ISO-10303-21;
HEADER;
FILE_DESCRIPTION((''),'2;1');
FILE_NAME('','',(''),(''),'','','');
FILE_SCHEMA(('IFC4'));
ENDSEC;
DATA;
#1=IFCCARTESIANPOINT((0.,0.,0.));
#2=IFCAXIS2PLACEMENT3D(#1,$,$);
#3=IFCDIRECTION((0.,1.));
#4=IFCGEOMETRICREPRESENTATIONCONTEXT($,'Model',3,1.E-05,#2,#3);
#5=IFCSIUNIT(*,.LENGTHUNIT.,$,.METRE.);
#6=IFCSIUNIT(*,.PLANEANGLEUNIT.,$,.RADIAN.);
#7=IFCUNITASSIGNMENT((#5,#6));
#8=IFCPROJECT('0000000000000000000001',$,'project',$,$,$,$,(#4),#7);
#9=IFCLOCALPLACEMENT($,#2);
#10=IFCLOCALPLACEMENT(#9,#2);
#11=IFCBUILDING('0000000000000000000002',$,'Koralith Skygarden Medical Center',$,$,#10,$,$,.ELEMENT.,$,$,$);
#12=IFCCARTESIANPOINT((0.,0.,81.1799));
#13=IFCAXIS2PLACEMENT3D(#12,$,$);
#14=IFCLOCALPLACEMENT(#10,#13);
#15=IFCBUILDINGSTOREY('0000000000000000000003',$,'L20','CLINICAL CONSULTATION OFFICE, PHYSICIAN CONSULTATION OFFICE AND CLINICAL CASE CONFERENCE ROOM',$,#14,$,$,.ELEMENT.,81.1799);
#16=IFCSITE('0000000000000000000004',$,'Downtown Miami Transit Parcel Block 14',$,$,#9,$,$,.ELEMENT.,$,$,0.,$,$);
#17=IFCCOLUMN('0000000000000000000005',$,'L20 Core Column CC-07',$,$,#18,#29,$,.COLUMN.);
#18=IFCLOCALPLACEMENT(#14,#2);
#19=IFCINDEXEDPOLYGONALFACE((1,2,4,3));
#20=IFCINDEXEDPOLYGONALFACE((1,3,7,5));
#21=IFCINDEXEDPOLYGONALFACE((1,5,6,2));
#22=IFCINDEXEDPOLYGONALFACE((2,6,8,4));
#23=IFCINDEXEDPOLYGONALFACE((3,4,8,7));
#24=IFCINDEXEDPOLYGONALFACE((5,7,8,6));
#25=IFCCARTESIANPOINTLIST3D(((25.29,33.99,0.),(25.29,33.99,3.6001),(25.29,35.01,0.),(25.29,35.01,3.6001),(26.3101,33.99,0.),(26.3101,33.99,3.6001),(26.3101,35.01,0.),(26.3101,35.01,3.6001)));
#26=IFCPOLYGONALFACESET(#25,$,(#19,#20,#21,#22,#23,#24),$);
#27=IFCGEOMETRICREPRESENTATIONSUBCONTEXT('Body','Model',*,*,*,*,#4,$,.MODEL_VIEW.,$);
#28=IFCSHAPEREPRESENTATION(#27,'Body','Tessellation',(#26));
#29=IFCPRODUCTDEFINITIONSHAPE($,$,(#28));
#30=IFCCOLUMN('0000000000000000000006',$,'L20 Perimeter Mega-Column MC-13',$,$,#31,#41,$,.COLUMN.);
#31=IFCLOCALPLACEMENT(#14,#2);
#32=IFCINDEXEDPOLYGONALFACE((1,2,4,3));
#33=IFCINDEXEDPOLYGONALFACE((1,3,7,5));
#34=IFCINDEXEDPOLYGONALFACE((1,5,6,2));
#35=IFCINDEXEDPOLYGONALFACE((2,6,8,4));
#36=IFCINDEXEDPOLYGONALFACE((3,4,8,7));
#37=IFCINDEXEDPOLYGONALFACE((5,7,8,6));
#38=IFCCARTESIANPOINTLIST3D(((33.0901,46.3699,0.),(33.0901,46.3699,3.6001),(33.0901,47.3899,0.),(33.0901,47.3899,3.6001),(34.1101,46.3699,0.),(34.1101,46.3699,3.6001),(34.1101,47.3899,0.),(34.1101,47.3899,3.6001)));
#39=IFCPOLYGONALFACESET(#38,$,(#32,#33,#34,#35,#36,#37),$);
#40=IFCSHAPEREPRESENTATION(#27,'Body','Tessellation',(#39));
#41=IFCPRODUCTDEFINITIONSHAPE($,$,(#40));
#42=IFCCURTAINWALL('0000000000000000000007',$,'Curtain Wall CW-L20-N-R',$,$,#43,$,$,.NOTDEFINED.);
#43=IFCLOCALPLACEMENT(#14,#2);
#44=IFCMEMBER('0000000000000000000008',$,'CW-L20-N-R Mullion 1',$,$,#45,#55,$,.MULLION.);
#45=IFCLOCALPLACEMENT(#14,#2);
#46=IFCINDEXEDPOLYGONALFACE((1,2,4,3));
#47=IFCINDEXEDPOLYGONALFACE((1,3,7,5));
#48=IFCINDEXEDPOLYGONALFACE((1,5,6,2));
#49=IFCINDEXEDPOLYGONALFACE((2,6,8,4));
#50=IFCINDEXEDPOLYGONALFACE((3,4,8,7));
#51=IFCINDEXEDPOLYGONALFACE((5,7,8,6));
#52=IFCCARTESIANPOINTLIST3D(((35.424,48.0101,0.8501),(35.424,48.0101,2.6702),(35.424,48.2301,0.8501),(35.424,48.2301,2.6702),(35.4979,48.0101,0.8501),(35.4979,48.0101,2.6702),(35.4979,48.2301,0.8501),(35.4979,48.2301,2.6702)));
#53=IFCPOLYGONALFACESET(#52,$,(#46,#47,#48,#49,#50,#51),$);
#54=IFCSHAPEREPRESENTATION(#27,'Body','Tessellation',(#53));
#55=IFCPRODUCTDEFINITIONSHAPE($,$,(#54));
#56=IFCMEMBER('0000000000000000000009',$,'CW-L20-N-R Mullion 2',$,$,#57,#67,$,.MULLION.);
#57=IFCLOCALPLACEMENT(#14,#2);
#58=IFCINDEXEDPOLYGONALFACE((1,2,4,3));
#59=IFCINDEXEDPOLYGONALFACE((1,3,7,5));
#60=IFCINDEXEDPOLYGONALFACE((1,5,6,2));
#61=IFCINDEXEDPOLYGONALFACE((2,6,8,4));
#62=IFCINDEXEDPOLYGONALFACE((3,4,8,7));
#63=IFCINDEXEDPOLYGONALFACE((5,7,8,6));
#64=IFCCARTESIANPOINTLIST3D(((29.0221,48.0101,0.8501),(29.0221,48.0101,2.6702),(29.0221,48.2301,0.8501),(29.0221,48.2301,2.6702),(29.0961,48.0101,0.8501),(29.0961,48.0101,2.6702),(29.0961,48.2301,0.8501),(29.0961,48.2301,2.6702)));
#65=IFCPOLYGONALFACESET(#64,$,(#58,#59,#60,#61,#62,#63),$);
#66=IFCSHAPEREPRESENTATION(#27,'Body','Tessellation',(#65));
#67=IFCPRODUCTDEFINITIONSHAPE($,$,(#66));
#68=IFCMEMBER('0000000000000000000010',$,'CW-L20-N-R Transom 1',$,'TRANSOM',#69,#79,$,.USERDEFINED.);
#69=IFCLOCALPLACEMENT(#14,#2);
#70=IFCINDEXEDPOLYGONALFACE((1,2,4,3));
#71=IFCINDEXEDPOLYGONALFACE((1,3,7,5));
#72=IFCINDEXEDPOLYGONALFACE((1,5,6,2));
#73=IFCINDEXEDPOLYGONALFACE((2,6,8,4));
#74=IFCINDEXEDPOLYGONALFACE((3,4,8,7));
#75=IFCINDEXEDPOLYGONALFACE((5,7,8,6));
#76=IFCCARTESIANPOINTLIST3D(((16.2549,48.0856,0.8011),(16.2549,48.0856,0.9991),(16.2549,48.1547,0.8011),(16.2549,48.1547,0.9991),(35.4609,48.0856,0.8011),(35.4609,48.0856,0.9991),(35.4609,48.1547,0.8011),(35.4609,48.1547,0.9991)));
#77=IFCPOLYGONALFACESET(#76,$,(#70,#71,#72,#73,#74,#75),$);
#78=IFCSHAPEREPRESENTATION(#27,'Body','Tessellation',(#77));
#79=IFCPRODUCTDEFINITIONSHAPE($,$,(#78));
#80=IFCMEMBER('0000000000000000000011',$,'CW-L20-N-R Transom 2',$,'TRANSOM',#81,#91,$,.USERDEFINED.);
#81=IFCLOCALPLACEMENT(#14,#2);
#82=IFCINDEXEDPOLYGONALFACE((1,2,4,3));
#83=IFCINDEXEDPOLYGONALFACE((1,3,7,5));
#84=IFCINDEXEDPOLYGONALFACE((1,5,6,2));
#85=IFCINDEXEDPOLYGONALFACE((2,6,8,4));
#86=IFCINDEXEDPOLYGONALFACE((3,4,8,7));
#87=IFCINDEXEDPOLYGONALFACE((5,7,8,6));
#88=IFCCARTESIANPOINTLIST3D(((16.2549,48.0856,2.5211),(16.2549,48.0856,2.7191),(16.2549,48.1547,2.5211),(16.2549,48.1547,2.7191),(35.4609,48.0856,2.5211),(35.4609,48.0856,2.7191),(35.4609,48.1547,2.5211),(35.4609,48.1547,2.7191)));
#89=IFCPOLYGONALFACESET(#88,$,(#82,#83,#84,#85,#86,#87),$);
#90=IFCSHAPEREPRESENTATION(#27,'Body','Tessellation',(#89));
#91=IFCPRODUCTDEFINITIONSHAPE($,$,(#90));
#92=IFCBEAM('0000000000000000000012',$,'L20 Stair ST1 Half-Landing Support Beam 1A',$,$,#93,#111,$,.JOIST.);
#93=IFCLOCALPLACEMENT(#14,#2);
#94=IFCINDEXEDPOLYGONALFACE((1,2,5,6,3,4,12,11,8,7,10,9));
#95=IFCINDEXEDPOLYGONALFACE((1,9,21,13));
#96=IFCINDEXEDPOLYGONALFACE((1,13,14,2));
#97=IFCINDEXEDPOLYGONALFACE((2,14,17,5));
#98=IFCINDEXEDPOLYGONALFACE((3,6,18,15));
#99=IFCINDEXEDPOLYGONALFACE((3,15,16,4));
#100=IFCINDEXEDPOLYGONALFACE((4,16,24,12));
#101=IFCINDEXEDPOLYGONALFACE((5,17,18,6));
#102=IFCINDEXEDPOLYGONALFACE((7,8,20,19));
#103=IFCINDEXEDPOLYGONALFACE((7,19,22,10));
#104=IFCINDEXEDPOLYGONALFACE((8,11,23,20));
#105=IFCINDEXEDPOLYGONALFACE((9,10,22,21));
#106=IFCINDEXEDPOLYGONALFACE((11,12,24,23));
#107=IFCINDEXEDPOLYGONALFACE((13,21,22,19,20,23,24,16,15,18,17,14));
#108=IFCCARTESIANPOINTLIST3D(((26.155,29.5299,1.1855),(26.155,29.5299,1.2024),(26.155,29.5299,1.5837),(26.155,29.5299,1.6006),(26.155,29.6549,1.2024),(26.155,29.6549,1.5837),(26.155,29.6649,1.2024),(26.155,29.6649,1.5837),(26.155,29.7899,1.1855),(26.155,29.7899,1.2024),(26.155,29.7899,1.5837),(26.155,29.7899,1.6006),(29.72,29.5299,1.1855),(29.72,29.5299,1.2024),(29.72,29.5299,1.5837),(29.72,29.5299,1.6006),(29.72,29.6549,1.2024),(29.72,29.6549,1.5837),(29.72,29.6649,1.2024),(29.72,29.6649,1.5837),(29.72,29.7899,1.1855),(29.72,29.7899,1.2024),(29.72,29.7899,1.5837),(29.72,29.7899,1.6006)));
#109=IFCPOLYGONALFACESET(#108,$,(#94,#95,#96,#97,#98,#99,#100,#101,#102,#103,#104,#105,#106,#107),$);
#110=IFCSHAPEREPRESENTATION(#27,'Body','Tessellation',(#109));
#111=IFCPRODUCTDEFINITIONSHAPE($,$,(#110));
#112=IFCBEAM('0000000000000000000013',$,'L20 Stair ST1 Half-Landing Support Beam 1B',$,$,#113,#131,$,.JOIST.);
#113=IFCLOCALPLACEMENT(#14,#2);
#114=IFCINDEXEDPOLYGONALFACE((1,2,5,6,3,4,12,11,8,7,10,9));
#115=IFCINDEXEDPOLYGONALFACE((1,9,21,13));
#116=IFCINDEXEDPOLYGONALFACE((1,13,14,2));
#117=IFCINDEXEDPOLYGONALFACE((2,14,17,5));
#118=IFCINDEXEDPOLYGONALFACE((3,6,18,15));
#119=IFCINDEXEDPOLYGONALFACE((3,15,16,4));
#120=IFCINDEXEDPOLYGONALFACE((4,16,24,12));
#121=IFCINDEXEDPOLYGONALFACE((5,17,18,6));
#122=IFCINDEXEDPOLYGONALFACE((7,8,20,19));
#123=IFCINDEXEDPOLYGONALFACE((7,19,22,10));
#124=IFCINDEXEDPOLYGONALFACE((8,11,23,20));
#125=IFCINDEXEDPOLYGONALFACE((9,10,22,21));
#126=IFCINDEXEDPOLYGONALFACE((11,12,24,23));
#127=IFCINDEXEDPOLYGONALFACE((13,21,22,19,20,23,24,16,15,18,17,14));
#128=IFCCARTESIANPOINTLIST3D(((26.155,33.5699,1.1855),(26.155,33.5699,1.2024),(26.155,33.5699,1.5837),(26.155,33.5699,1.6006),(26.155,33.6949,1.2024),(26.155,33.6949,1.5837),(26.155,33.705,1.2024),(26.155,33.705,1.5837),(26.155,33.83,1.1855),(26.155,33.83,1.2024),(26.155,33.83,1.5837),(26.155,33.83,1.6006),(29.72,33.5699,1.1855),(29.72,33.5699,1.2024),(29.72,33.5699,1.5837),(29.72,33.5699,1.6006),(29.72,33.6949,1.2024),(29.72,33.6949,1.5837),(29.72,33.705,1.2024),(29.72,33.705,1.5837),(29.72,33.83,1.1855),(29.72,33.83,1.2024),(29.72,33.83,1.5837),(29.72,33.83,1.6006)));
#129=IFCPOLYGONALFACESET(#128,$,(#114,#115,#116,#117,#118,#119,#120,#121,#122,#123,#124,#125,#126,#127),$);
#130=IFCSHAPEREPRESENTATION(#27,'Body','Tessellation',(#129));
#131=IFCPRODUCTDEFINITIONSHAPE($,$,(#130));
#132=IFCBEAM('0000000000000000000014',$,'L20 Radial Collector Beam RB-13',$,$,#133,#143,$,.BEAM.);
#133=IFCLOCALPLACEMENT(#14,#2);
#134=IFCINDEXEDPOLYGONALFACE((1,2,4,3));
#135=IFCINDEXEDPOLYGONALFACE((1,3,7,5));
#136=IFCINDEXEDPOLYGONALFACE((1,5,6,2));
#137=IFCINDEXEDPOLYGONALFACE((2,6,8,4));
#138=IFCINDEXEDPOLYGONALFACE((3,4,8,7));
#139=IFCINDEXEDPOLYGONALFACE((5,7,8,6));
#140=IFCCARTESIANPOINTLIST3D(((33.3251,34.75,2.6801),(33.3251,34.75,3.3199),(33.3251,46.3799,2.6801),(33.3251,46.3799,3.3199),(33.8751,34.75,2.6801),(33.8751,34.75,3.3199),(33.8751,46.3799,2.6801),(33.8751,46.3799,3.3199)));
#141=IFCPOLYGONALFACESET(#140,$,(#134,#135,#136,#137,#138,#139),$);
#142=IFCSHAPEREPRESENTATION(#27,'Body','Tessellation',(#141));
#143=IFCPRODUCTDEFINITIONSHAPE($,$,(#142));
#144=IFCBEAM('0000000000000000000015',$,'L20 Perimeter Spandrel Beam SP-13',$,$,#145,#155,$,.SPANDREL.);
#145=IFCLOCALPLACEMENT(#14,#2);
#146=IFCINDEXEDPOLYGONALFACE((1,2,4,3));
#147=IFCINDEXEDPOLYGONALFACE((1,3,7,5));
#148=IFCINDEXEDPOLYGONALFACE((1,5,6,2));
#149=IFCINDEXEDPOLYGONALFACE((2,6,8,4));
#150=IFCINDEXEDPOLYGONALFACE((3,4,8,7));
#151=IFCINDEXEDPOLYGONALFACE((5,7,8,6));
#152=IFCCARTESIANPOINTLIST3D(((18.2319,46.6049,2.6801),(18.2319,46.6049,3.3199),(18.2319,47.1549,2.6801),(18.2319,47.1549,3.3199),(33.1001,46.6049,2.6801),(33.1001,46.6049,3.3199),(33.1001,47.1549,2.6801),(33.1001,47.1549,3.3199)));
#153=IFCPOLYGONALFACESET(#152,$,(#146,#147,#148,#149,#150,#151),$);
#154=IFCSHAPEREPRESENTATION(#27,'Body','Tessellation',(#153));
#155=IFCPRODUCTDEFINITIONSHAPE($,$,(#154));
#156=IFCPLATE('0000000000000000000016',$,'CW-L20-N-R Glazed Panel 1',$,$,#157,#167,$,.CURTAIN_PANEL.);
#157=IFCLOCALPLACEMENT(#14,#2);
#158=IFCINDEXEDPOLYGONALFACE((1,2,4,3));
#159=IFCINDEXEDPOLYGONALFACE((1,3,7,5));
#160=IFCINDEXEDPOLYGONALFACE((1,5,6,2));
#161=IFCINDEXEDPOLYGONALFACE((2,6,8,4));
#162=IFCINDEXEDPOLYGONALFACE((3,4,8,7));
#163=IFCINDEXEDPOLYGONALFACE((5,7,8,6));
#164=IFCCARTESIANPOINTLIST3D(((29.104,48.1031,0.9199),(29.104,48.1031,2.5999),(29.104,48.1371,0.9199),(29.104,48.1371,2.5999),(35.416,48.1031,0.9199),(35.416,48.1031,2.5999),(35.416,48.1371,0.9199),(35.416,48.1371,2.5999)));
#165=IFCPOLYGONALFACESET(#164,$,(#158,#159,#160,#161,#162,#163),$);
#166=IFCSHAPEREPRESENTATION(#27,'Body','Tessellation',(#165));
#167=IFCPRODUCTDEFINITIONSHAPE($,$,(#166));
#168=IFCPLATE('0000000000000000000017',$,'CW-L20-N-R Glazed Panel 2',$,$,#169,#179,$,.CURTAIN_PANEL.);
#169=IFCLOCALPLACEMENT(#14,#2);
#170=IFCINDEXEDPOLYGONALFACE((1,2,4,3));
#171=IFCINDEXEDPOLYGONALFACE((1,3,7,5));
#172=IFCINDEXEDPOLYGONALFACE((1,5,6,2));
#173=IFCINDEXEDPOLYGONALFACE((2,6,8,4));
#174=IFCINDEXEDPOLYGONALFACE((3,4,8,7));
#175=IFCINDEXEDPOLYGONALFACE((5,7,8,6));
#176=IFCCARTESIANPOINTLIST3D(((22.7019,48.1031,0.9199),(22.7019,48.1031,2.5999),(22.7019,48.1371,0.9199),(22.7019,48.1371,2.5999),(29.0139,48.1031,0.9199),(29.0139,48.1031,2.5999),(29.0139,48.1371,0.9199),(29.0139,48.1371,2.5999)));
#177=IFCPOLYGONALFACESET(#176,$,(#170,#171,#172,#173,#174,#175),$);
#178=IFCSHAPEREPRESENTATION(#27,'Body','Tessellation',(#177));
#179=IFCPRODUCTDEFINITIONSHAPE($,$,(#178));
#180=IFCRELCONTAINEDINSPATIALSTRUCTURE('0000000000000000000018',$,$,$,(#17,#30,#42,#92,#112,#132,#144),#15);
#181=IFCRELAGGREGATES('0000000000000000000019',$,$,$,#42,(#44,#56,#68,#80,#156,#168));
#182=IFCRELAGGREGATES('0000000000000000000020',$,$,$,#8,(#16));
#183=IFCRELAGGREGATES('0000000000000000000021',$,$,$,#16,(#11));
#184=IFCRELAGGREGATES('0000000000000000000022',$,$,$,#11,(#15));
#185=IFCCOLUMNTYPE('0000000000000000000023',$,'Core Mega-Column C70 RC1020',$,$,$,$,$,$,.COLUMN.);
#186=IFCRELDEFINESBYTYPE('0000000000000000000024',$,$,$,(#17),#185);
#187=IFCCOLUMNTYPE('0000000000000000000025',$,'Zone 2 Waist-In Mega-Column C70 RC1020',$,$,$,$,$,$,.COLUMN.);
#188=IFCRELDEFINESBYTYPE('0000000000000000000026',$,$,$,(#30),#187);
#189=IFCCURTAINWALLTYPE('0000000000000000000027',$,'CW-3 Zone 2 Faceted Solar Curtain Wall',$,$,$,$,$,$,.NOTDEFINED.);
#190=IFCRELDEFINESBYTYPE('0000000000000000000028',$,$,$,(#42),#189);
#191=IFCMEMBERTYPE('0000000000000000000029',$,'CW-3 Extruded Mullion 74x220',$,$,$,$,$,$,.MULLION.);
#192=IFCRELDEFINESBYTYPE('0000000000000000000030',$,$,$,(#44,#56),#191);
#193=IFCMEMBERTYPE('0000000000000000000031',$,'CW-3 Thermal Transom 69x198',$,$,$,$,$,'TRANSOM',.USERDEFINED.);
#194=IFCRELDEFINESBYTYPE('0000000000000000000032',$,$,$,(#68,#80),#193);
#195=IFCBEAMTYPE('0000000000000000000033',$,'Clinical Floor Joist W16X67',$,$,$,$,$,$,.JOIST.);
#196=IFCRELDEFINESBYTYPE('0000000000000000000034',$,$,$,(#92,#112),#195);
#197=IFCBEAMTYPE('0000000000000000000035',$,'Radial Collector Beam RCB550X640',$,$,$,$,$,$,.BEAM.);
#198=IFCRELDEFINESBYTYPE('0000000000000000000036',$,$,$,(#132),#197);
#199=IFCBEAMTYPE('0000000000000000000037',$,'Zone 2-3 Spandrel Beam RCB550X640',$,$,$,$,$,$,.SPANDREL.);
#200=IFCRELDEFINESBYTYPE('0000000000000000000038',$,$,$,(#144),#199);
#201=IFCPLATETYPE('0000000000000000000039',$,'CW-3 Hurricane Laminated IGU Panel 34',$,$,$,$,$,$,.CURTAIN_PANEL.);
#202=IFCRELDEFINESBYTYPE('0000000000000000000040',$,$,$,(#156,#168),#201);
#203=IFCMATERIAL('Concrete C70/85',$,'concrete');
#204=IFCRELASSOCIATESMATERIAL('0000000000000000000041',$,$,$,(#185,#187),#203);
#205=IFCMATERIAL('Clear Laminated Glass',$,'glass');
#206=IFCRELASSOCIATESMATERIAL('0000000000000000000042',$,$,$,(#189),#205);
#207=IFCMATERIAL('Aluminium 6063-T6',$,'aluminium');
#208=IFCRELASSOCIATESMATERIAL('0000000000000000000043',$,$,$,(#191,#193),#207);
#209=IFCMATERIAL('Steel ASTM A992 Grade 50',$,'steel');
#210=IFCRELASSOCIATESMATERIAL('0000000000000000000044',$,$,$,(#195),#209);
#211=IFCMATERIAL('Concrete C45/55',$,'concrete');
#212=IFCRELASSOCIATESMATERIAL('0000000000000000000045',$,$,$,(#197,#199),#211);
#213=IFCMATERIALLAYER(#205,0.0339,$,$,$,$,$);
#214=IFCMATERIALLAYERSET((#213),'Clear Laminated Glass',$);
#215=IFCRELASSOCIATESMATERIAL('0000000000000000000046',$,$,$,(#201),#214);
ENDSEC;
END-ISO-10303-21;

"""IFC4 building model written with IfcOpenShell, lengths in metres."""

from ifc_helpers import new_model, si_unit, direction, frame, origin, origin_2d, place, context, subcontext, project, spatial, rectangle, i_section, extrude, material, layer, layer_set, material_profile, profile_set, type_object, element, aggregate, save


model = new_model("IFC4")

# Units and contexts
model_context = context("Model", 3, precision=1e-05, world=origin(), true_north=direction((0.0, 1.0)))
body_context = subcontext(model_context, "Body", "Model", "MODEL_VIEW")
ifc_project = project(units=[si_unit("LENGTHUNIT", "METRE"), si_unit("PLANEANGLEUNIT", "RADIAN")], contexts=[model_context])

# Site, building, storey
site_placement = place(None, origin())
site = spatial("IfcSite", under=ifc_project, at=site_placement, Name="Downtown Miami Transit Parcel Block 14", CompositionType="ELEMENT", RefElevation=0.0)
building_placement = place(site_placement, origin())
building = spatial("IfcBuilding", under=site, at=building_placement, Name="Koralith Skygarden Medical Center", CompositionType="ELEMENT")
storey_placement = place(building_placement, frame((0.0, 0.0, 81.1799)))
storey = spatial("IfcBuildingStorey", under=building, at=storey_placement, Name="L20", Description="CLINICAL CONSULTATION OFFICE, PHYSICIAN CONSULTATION OFFICE AND CLINICAL CASE CONFERENCE ROOM", CompositionType="ELEMENT", Elevation=81.1799)

# Columns
ifc_material_1 = material(Name="Concrete C70/85", Category="concrete")
ifc_material_profile_1 = material_profile(ifc_material_1, rectangle(XDim=1.02, YDim=1.02, at=origin_2d()), Name="RC1020X1020")
ifc_profile_set_1 = profile_set([ifc_material_profile_1], Name="Concrete C70/85")
column_type_1 = type_object("IfcColumnType", Name="Core Mega-Column C70 RC1020", PredefinedType="COLUMN", material=ifc_profile_set_1)
column_1_placement = place(storey_placement, frame((25.8, 34.5, 0.0), z_axis=(0.0, 0.0, 1.0), x_axis=(1.0, 0.0, 0.0)))
element("IfcColumn", 1, at=column_1_placement, inside=storey, type_object=column_type_1, Name="L20 Core Column CC-07", PredefinedType="COLUMN", context=body_context, shape_type="SweptSolid", body=[
    extrude(rectangle(XDim=1.02, YDim=1.02, at=origin_2d()), origin(), (0.0, 0.0, 1.0), 3.6001),
])
ifc_material_profile_2 = material_profile(ifc_material_1, rectangle(XDim=1.02, YDim=1.02, at=origin_2d()), Name="RC1020X1020")
ifc_profile_set_2 = profile_set([ifc_material_profile_2], Name="Concrete C70/85")
column_type_2 = type_object("IfcColumnType", Name="Zone 2 Waist-In Mega-Column C70 RC1020", PredefinedType="COLUMN", material=ifc_profile_set_2)
column_2_placement = place(storey_placement, frame((33.6001, 46.8799, 0.0), z_axis=(0.0, 0.0, 1.0), x_axis=(1.0, 0.0, 0.0)))
element("IfcColumn", 2, at=column_2_placement, inside=storey, type_object=column_type_2, Name="L20 Perimeter Mega-Column MC-13", PredefinedType="COLUMN", context=body_context, shape_type="SweptSolid", body=[
    extrude(rectangle(XDim=1.02, YDim=1.02, at=origin_2d()), origin(), (0.0, 0.0, 1.0), 3.6001),
])

# Curtain wall, members
ifc_material_2 = material(Name="Clear Laminated Glass", Category="glass")
curtain_wall_type = type_object("IfcCurtainWallType", Name="CW-3 Zone 2 Faceted Solar Curtain Wall", PredefinedType="NOTDEFINED", material=ifc_material_2)
curtain_wall_placement = place(storey_placement, origin())
curtain_wall = element("IfcCurtainWall", 3, at=curtain_wall_placement, inside=storey, type_object=curtain_wall_type, Name="Curtain Wall CW-L20-N-R", PredefinedType="NOTDEFINED")
ifc_material_3 = material(Name="Aluminium 6063-T6", Category="aluminium")
ifc_material_profile_3 = material_profile(ifc_material_3, rectangle(XDim=0.074, YDim=0.22, at=origin_2d()), Name="MUL74X220")
ifc_profile_set_3 = profile_set([ifc_material_profile_3], Name="Aluminium 6063-T6")
member_type_1 = type_object("IfcMemberType", Name="CW-3 Extruded Mullion 74x220", PredefinedType="MULLION", material=ifc_profile_set_3)
member_1_placement = place(storey_placement, frame((35.4609, 48.1201, 0.8501), z_axis=(0.0, 0.0, 1.0), x_axis=(1.0, 0.0, 0.0)))
member_1 = element("IfcMember", 4, at=member_1_placement, type_object=member_type_1, Name="CW-L20-N-R Mullion 1", PredefinedType="MULLION", context=body_context, shape_type="SweptSolid", body=[
    extrude(rectangle(XDim=0.074, YDim=0.22, at=origin_2d()), origin(), (0.0, 0.0, 1.0), 1.8201),
])
member_2_placement = place(storey_placement, frame((29.0591, 48.1201, 0.8501), z_axis=(0.0, 0.0, 1.0), x_axis=(1.0, 0.0, 0.0)))
member_2 = element("IfcMember", 5, at=member_2_placement, type_object=member_type_1, Name="CW-L20-N-R Mullion 2", PredefinedType="MULLION", context=body_context, shape_type="SweptSolid", body=[
    extrude(rectangle(XDim=0.074, YDim=0.22, at=origin_2d()), origin(), (0.0, 0.0, 1.0), 1.8201),
])
ifc_material_profile_4 = material_profile(ifc_material_3, rectangle(XDim=0.0691, YDim=0.198, at=origin_2d()), Name="TRN69X198")
ifc_profile_set_4 = profile_set([ifc_material_profile_4], Name="Aluminium 6063-T6")
member_type_2 = type_object("IfcMemberType", Name="CW-3 Thermal Transom 69x198", ElementType="TRANSOM", PredefinedType="USERDEFINED", material=ifc_profile_set_4)
member_3_placement = place(storey_placement, frame((35.4609, 48.1201, 0.9001), z_axis=(-1.0, 0.0, 0.0), x_axis=(0.0, -1.0, 0.0)))
member_3 = element("IfcMember", 6, at=member_3_placement, type_object=member_type_2, Name="CW-L20-N-R Transom 1", ObjectType="TRANSOM", PredefinedType="USERDEFINED", context=body_context, shape_type="SweptSolid", body=[
    extrude(rectangle(XDim=0.0691, YDim=0.198, at=origin_2d()), origin(), (0.0, 0.0, 1.0), 19.2061),
])
member_4_placement = place(storey_placement, frame((35.4609, 48.1201, 2.6201), z_axis=(-1.0, 0.0, 0.0), x_axis=(0.0, -1.0, 0.0)))
member_4 = element("IfcMember", 7, at=member_4_placement, type_object=member_type_2, Name="CW-L20-N-R Transom 2", ObjectType="TRANSOM", PredefinedType="USERDEFINED", context=body_context, shape_type="SweptSolid", body=[
    extrude(rectangle(XDim=0.0691, YDim=0.198, at=origin_2d()), origin(), (0.0, 0.0, 1.0), 19.2061),
])

# Beams
ifc_material_4 = material(Name="Steel ASTM A992 Grade 50", Category="steel")
ifc_material_profile_5 = material_profile(ifc_material_4, i_section(OverallWidth=0.26, OverallDepth=0.415, WebThickness=0.01, FlangeThickness=0.0168, at=origin_2d()), Name="W16X67")
ifc_profile_set_5 = profile_set([ifc_material_profile_5], Name="Steel ASTM A992 Grade 50")
beam_type_1 = type_object("IfcBeamType", Name="Clinical Floor Joist W16X67", PredefinedType="JOIST", material=ifc_profile_set_5)
for number, where, z_axis, x_axis, name in (
    (8, (26.155, 29.6599, 1.3931), (1.0, 0.0, 0.0), (0.0, 1.0, 0.0), "L20 Stair ST1 Half-Landing Support Beam 1A"),
    (9, (26.155, 33.7, 1.3931), (1.0, 0.0, 0.0), (0.0, 1.0, 0.0), "L20 Stair ST1 Half-Landing Support Beam 1B"),
):
    element("IfcBeam", number, at=place(storey_placement, frame(where, z_axis=z_axis, x_axis=x_axis)), inside=storey, type_object=beam_type_1, Name=name, PredefinedType="JOIST", context=body_context, shape_type="SweptSolid", body=[
        extrude(i_section(OverallWidth=0.26, OverallDepth=0.415, WebThickness=0.01, FlangeThickness=0.0168, at=origin_2d()), origin(), (0.0, 0.0, 1.0), 3.5649),
    ])
ifc_material_5 = material(Name="Concrete C45/55", Category="concrete")
ifc_material_profile_6 = material_profile(ifc_material_5, rectangle(XDim=0.55, YDim=0.6399, at=origin_2d()), Name="RCB550X640")
ifc_profile_set_6 = profile_set([ifc_material_profile_6], Name="Concrete C45/55")
beam_type_2 = type_object("IfcBeamType", Name="Radial Collector Beam RCB550X640", PredefinedType="BEAM", material=ifc_profile_set_6)
beam_1_placement = place(storey_placement, frame((33.6001, 34.75, 3.0), z_axis=(0.0, 1.0, 0.0), x_axis=(-1.0, 0.0, 0.0)))
element("IfcBeam", 10, at=beam_1_placement, inside=storey, type_object=beam_type_2, Name="L20 Radial Collector Beam RB-13", PredefinedType="BEAM", context=body_context, shape_type="SweptSolid", body=[
    extrude(rectangle(XDim=0.55, YDim=0.6399, at=origin_2d()), origin(), (0.0, 0.0, 1.0), 11.6299),
])
ifc_material_profile_7 = material_profile(ifc_material_5, rectangle(XDim=0.55, YDim=0.6399, at=origin_2d()), Name="RCB550X640")
ifc_profile_set_7 = profile_set([ifc_material_profile_7], Name="Concrete C45/55")
beam_type_3 = type_object("IfcBeamType", Name="Zone 2-3 Spandrel Beam RCB550X640", PredefinedType="SPANDREL", material=ifc_profile_set_7)
beam_2_placement = place(storey_placement, frame((33.1001, 46.8799, 3.0), z_axis=(-1.0, 0.0, 0.0), x_axis=(0.0, -1.0, 0.0)))
element("IfcBeam", 11, at=beam_2_placement, inside=storey, type_object=beam_type_3, Name="L20 Perimeter Spandrel Beam SP-13", PredefinedType="SPANDREL", context=body_context, shape_type="SweptSolid", body=[
    extrude(rectangle(XDim=0.55, YDim=0.6399, at=origin_2d()), origin(), (0.0, 0.0, 1.0), 14.8682),
])

# Plates
ifc_layer_1 = layer(ifc_material_2, 0.0339)
ifc_layer_set_1 = layer_set([ifc_layer_1], Name="Clear Laminated Glass")
plate_type = type_object("IfcPlateType", Name="CW-3 Hurricane Laminated IGU Panel 34", PredefinedType="CURTAIN_PANEL", material=ifc_layer_set_1)
plate_1_placement = place(storey_placement, frame((32.26, 48.1201, 0.9199), z_axis=(0.0, 0.0, 1.0), x_axis=(-1.0, 0.0, 0.0)))
plate_1 = element("IfcPlate", 12, at=plate_1_placement, type_object=plate_type, Name="CW-L20-N-R Glazed Panel 1", PredefinedType="CURTAIN_PANEL", context=body_context, shape_type="SweptSolid", body=[
    extrude(rectangle(XDim=6.312, YDim=0.0339, at=origin_2d()), origin(), (0.0, 0.0, 1.0), 1.6799),
])
plate_2_placement = place(storey_placement, frame((25.8579, 48.1201, 0.9199), z_axis=(0.0, 0.0, 1.0), x_axis=(-1.0, 0.0, 0.0)))
plate_2 = element("IfcPlate", 13, at=plate_2_placement, type_object=plate_type, Name="CW-L20-N-R Glazed Panel 2", PredefinedType="CURTAIN_PANEL", context=body_context, shape_type="SweptSolid", body=[
    extrude(rectangle(XDim=6.312, YDim=0.0339, at=origin_2d()), origin(), (0.0, 0.0, 1.0), 1.6799),
])
aggregate(curtain_wall, [member_1, member_2, member_3, member_4, plate_1, plate_2])

save(model, "model.ifc")
